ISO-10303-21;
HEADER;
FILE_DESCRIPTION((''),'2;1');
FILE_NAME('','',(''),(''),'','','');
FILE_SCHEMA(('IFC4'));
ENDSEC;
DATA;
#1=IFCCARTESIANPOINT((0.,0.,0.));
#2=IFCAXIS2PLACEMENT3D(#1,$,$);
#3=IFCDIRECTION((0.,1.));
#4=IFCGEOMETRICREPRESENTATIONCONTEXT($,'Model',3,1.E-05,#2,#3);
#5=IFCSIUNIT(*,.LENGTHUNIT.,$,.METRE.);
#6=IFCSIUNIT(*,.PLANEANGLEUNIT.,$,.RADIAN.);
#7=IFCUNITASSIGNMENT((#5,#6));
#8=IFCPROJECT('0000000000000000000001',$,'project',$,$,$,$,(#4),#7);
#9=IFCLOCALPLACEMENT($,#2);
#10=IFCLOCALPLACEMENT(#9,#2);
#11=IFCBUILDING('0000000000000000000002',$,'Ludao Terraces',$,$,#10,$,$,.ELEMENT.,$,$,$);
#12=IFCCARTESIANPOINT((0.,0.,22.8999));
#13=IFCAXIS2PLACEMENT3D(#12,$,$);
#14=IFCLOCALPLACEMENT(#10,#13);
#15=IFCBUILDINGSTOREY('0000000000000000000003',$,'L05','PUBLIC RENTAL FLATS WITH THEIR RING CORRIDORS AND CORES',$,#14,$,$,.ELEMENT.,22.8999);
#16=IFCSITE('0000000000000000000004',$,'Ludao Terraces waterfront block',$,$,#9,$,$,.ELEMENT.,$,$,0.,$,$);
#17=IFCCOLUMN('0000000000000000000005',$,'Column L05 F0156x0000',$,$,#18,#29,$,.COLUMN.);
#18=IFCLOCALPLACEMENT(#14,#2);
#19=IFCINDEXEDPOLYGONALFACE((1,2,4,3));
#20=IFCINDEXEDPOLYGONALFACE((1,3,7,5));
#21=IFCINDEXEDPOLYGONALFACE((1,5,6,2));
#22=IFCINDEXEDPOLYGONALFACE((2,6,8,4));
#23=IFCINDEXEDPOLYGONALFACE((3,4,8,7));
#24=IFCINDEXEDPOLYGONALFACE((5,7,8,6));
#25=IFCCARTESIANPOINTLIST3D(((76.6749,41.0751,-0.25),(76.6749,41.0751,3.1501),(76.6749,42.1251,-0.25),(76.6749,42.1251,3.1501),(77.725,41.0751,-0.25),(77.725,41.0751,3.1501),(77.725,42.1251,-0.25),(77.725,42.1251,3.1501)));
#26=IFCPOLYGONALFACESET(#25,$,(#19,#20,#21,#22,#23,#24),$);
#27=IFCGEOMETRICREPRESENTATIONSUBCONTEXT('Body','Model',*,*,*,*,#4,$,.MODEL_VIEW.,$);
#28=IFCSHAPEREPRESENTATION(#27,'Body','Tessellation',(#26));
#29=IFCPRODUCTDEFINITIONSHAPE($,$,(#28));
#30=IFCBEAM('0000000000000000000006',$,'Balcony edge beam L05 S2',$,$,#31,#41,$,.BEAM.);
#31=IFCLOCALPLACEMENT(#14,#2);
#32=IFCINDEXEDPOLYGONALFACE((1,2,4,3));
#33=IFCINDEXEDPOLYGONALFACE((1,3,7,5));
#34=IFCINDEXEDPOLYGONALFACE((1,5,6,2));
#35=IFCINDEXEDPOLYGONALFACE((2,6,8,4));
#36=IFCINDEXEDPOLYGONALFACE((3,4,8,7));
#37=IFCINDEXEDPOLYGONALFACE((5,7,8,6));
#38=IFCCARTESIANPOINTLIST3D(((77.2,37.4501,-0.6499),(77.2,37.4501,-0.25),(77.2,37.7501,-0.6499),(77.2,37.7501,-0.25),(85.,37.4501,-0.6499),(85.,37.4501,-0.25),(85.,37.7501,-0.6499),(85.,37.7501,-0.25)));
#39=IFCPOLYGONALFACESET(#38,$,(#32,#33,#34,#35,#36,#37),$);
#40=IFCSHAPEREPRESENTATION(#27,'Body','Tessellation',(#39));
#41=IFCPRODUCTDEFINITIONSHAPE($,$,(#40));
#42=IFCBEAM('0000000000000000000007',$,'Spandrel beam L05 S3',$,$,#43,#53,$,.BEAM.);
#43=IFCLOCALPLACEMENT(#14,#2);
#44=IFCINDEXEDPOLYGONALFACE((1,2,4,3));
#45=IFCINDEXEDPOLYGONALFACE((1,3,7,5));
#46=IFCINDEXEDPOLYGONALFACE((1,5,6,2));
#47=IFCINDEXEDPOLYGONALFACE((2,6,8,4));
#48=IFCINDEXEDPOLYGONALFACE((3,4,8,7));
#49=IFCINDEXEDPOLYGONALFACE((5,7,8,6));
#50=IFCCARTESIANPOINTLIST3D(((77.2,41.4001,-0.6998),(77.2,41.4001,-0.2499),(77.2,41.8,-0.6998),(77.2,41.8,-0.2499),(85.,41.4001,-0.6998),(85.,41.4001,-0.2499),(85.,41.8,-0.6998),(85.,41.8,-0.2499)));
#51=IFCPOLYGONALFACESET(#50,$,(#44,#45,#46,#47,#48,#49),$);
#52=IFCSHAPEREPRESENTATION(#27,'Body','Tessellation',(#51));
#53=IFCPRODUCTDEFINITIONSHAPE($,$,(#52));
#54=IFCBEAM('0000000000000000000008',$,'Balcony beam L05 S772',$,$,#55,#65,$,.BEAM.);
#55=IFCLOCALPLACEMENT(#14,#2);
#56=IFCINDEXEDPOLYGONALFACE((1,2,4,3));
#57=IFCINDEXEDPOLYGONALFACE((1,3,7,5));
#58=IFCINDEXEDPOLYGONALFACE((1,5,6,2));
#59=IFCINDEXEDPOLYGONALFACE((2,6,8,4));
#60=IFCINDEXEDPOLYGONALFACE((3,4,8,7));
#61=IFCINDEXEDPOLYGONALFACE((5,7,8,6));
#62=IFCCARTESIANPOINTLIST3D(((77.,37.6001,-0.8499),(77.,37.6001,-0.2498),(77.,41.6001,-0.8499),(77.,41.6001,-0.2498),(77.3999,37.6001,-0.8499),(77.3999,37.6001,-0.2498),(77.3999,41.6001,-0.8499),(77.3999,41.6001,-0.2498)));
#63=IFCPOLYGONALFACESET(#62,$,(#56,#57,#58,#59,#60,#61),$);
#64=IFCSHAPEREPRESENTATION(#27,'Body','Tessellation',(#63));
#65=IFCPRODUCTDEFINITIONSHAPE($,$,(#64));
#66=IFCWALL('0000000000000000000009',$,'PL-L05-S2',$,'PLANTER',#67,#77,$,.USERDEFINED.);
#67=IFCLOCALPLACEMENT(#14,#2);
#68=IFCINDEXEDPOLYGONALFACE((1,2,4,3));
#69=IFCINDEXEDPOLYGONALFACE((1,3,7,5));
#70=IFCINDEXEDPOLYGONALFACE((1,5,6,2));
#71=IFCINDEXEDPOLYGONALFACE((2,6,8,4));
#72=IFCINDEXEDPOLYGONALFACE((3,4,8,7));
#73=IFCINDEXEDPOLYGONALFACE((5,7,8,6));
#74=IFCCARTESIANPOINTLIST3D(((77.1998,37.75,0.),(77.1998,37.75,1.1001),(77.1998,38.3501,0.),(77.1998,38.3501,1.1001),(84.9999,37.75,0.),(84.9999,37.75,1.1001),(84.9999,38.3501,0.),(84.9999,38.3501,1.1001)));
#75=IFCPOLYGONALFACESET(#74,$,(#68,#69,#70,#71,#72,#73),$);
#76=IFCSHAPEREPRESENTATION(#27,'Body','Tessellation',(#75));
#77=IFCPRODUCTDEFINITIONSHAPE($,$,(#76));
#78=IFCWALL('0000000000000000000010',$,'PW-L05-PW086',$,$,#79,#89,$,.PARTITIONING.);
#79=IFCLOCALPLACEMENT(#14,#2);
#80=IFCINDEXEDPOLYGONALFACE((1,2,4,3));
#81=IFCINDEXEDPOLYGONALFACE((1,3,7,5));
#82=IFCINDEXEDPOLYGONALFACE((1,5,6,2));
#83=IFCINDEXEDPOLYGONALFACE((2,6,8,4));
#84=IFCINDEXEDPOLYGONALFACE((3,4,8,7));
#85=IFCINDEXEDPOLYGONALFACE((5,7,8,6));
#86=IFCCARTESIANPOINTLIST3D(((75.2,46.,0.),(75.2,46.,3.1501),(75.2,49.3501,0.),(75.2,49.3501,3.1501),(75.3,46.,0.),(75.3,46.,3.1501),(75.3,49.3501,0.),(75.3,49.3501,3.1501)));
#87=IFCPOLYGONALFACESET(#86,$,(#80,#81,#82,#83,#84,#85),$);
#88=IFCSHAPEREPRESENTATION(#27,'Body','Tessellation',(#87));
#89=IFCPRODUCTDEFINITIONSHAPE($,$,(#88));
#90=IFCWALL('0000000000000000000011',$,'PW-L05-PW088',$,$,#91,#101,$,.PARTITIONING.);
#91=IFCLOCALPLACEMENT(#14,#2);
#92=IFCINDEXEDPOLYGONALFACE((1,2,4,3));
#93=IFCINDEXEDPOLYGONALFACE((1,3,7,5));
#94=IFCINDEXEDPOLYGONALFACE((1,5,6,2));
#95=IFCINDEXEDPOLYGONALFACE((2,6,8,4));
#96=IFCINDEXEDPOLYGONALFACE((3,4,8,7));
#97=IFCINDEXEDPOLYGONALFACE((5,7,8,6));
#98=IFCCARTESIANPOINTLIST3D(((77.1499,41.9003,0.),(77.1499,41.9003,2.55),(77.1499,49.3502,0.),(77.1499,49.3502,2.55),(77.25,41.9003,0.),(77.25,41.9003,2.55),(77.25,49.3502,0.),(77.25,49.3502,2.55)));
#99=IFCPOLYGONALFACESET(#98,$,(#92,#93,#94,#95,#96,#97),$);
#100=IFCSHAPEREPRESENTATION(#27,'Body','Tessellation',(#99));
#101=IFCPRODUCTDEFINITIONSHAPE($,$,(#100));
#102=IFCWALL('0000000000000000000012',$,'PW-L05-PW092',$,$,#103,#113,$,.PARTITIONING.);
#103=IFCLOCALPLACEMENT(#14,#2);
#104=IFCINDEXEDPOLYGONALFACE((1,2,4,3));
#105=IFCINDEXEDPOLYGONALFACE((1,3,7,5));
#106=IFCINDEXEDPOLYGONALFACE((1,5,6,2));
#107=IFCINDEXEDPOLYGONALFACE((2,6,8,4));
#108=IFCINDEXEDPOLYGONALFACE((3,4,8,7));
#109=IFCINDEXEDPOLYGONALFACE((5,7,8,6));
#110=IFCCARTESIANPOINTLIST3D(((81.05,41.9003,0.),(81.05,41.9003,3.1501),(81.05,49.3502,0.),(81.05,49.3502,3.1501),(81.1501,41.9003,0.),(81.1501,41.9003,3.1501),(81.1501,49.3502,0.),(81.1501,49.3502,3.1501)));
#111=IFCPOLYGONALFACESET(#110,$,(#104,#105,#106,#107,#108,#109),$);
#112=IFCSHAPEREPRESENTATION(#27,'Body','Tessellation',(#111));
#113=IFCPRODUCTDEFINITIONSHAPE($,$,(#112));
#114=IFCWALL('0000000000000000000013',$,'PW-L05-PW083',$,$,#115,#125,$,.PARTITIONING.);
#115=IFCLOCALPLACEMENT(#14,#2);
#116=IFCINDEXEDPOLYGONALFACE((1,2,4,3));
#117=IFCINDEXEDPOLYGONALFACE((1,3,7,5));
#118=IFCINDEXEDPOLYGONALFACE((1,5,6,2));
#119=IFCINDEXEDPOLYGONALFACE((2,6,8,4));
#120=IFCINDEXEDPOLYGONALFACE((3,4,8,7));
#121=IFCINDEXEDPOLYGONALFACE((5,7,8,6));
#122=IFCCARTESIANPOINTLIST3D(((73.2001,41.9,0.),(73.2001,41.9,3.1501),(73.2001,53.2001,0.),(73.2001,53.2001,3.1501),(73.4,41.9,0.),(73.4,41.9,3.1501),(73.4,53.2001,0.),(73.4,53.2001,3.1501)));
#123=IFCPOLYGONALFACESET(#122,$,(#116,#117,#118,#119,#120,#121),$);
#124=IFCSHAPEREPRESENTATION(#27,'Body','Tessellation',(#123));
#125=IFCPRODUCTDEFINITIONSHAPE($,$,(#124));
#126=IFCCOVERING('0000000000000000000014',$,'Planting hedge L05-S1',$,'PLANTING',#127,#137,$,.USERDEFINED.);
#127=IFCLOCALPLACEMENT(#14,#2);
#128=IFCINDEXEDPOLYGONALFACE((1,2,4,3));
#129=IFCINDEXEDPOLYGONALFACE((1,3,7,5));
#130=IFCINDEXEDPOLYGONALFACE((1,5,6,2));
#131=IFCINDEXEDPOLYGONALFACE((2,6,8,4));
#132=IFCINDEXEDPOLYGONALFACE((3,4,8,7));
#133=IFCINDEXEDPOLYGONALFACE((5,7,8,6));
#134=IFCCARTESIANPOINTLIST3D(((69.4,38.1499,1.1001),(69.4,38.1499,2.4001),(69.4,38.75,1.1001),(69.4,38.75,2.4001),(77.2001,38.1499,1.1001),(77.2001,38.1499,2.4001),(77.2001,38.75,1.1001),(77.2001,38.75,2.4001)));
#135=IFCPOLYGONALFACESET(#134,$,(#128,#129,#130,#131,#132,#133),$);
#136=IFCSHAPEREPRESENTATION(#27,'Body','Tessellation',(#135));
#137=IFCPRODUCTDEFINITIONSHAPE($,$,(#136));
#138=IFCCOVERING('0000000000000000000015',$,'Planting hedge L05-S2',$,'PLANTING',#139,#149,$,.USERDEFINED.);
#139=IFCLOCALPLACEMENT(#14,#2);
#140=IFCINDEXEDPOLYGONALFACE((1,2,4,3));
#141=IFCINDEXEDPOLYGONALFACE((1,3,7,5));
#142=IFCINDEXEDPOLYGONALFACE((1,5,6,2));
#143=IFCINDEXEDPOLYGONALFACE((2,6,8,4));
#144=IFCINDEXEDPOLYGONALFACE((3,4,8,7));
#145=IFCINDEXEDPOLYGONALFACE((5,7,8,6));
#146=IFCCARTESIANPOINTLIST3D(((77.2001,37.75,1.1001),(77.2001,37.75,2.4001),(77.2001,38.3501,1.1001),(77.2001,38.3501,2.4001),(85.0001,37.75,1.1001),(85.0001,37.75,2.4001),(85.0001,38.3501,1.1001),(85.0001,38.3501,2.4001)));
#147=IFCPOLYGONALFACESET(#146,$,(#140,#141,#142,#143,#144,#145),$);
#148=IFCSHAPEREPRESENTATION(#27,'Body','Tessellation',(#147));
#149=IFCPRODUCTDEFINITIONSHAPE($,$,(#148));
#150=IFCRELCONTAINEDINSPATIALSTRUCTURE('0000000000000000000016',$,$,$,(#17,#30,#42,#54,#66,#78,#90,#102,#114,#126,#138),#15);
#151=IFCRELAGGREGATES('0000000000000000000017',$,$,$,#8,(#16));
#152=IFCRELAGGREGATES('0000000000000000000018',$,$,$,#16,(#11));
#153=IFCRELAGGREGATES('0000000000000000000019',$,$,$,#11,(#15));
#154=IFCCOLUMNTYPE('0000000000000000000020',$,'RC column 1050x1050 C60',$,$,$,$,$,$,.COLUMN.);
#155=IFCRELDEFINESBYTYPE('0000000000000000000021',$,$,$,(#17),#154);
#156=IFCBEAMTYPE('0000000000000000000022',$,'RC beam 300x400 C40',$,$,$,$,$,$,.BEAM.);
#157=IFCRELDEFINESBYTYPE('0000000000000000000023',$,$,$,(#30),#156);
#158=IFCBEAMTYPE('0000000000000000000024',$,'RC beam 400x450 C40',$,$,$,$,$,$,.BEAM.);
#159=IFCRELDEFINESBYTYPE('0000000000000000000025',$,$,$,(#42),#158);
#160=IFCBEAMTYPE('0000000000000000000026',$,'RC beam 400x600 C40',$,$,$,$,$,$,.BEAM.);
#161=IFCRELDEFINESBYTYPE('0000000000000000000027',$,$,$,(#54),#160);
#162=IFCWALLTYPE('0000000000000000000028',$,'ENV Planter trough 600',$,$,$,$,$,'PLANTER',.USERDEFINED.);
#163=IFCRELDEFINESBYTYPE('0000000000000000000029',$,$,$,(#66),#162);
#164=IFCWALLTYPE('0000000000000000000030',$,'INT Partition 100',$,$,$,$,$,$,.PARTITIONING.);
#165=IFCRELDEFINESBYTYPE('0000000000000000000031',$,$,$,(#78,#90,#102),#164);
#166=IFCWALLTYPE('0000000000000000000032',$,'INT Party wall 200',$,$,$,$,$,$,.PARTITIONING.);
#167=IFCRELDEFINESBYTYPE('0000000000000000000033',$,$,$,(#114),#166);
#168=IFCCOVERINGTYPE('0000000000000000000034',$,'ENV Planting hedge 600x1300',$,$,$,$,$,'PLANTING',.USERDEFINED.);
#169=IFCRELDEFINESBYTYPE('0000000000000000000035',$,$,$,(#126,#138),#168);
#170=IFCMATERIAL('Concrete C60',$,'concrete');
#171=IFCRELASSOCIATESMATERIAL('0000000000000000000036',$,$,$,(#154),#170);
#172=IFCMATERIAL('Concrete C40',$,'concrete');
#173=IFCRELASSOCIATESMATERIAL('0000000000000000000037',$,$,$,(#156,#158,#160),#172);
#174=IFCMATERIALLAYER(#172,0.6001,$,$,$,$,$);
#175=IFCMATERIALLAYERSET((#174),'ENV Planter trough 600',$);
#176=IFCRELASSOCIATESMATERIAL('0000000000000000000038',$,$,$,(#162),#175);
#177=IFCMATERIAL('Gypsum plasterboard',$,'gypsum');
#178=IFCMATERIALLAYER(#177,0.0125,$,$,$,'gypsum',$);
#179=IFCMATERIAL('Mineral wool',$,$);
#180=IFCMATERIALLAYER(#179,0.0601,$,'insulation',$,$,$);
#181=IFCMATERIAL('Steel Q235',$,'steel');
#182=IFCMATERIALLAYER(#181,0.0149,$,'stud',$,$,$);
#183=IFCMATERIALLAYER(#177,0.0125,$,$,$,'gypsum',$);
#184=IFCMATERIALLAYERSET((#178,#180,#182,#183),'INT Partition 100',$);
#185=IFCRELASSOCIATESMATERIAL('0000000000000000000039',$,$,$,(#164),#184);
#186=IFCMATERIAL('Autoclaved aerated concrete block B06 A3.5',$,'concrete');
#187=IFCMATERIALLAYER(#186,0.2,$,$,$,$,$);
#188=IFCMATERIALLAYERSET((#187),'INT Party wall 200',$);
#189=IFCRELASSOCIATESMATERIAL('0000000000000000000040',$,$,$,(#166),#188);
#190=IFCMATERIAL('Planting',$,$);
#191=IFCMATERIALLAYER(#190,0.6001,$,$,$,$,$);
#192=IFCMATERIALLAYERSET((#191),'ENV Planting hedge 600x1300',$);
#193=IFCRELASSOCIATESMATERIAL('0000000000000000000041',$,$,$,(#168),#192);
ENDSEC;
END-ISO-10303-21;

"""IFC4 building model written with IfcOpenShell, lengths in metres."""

from ifc_helpers import new_model, si_unit, direction, frame, frame_2d, origin, origin_2d, place, context, subcontext, project, spatial, rectangle, extrude, material, layer, layer_set, material_profile, profile_set, type_object, element, save


model = new_model("IFC4")

# Units and contexts
model_context = context("Model", 3, precision=1e-05, world=origin(), true_north=direction((0.0, 1.0)))
body_context = subcontext(model_context, "Body", "Model", "MODEL_VIEW")
ifc_project = project(units=[si_unit("LENGTHUNIT", "METRE"), si_unit("PLANEANGLEUNIT", "RADIAN")], contexts=[model_context])

# Site, building, storey
site_placement = place(None, origin())
site = spatial("IfcSite", under=ifc_project, at=site_placement, Name="Ludao Terraces waterfront block", CompositionType="ELEMENT", RefElevation=0.0)
building_placement = place(site_placement, origin())
building = spatial("IfcBuilding", under=site, at=building_placement, Name="Ludao Terraces", CompositionType="ELEMENT")
storey_placement = place(building_placement, frame((0.0, 0.0, 22.8999)))
storey = spatial("IfcBuildingStorey", under=building, at=storey_placement, Name="L05", Description="PUBLIC RENTAL FLATS WITH THEIR RING CORRIDORS AND CORES", CompositionType="ELEMENT", Elevation=22.8999)

# Column
ifc_material_1 = material(Name="Concrete C60", Category="concrete")
ifc_material_profile_1 = material_profile(ifc_material_1, rectangle(XDim=1.05, YDim=1.05, at=origin_2d()), Name="1050 X 1050")
ifc_profile_set_1 = profile_set([ifc_material_profile_1], Name="Concrete C60")
column_type = type_object("IfcColumnType", Name="RC column 1050x1050 C60", PredefinedType="COLUMN", material=ifc_profile_set_1)
column_placement = place(storey_placement, frame((77.2, 41.6001, -0.25), z_axis=(0.0, 0.0, 1.0), x_axis=(1.0, 0.0, 0.0)))
element("IfcColumn", 1, at=column_placement, inside=storey, type_object=column_type, Name="Column L05 F0156x0000", PredefinedType="COLUMN", context=body_context, shape_type="SweptSolid", body=[
    extrude(rectangle(XDim=1.05, YDim=1.05, at=origin_2d()), origin(), (0.0, 0.0, 1.0), 3.4001),
])

# Beams
ifc_material_2 = material(Name="Concrete C40", Category="concrete")
ifc_material_profile_2 = material_profile(ifc_material_2, rectangle(XDim=0.3, YDim=0.3999, at=origin_2d()), Name="300 X 400")
ifc_profile_set_2 = profile_set([ifc_material_profile_2], Name="Concrete C40")
beam_type_1 = type_object("IfcBeamType", Name="RC beam 300x400 C40", PredefinedType="BEAM", material=ifc_profile_set_2)
beam_1_placement = place(storey_placement, frame((77.2, 37.6001, -0.45), z_axis=(1.0, 0.0, 0.0), x_axis=(0.0, 1.0, 0.0)))
element("IfcBeam", 2, at=beam_1_placement, inside=storey, type_object=beam_type_1, Name="Balcony edge beam L05 S2", PredefinedType="BEAM", context=body_context, shape_type="SweptSolid", body=[
    extrude(rectangle(XDim=0.3, YDim=0.3999, at=origin_2d()), origin(), (0.0, 0.0, 1.0), 7.8),
])
ifc_material_profile_3 = material_profile(ifc_material_2, rectangle(XDim=0.3999, YDim=0.45, at=origin_2d()), Name="400 X 450")
ifc_profile_set_3 = profile_set([ifc_material_profile_3], Name="Concrete C40")
beam_type_2 = type_object("IfcBeamType", Name="RC beam 400x450 C40", PredefinedType="BEAM", material=ifc_profile_set_3)
beam_2_placement = place(storey_placement, frame((77.2, 41.6001, -0.4749), z_axis=(1.0, 0.0, 0.0), x_axis=(0.0, 1.0, 0.0)))
element("IfcBeam", 3, at=beam_2_placement, inside=storey, type_object=beam_type_2, Name="Spandrel beam L05 S3", PredefinedType="BEAM", context=body_context, shape_type="SweptSolid", body=[
    extrude(rectangle(XDim=0.3999, YDim=0.45, at=origin_2d()), origin(), (0.0, 0.0, 1.0), 7.8),
])
ifc_material_profile_4 = material_profile(ifc_material_2, rectangle(XDim=0.3999, YDim=0.6001, at=origin_2d()), Name="400 X 600")
ifc_profile_set_4 = profile_set([ifc_material_profile_4], Name="Concrete C40")
beam_type_3 = type_object("IfcBeamType", Name="RC beam 400x600 C40", PredefinedType="BEAM", material=ifc_profile_set_4)
beam_3_placement = place(storey_placement, frame((77.2, 41.6001, -0.5498), z_axis=(0.0, -1.0, 0.0), x_axis=(1.0, 0.0, 0.0)))
element("IfcBeam", 4, at=beam_3_placement, inside=storey, type_object=beam_type_3, Name="Balcony beam L05 S772", PredefinedType="BEAM", context=body_context, shape_type="SweptSolid", body=[
    extrude(rectangle(XDim=0.3999, YDim=0.6001, at=origin_2d()), origin(), (0.0, 0.0, 1.0), 4.0),
])

# Wall
ifc_layer_1 = layer(ifc_material_2, 0.6001)
ifc_layer_set_1 = layer_set([ifc_layer_1], Name="ENV Planter trough 600")
wall_type_1 = type_object("IfcWallType", Name="ENV Planter trough 600", ElementType="PLANTER", PredefinedType="USERDEFINED", material=ifc_layer_set_1)
wall_1_placement = place(storey_placement, frame((77.2, 38.05, 0.0), z_axis=(0.0, 0.0, 1.0), x_axis=(1.0, 0.0, 0.0)))
element("IfcWall", 5, at=wall_1_placement, inside=storey, type_object=wall_type_1, Name="PL-L05-S2", ObjectType="PLANTER", PredefinedType="USERDEFINED", context=body_context, shape_type="SweptSolid", body=[
    extrude(rectangle(XDim=7.8, YDim=0.6001, at=frame_2d((3.8999, 0.0))), origin(), (0.0, 0.0, 1.0), 1.1001),
])

# Shared definitions
ifc_material_3 = material(Name="Mineral wool")

# Walls
ifc_material_4 = material(Name="Gypsum plasterboard", Category="gypsum")
ifc_layer_2 = layer(ifc_material_4, 0.0125, Category="gypsum")
ifc_layer_3 = layer(ifc_material_3, 0.0601, Name="insulation")
ifc_material_5 = material(Name="Steel Q235", Category="steel")
ifc_layer_4 = layer(ifc_material_5, 0.0149, Name="stud")
ifc_layer_5 = layer(ifc_material_4, 0.0125, Category="gypsum")
ifc_layer_set_2 = layer_set([ifc_layer_2, ifc_layer_3, ifc_layer_4, ifc_layer_5], Name="INT Partition 100")
wall_type_2 = type_object("IfcWallType", Name="INT Partition 100", PredefinedType="PARTITIONING", material=ifc_layer_set_2)
wall_2_placement = place(storey_placement, frame((75.25, 46.0, 0.0), z_axis=(0.0, 0.0, 1.0), x_axis=(0.0, 1.0, 0.0)))
element("IfcWall", 6, at=wall_2_placement, inside=storey, type_object=wall_type_2, Name="PW-L05-PW086", PredefinedType="PARTITIONING", context=body_context, shape_type="SweptSolid", body=[
    extrude(rectangle(XDim=3.3501, YDim=0.1001, at=frame_2d((1.675, 0.0))), origin(), (0.0, 0.0, 1.0), 3.1501),
])
wall_3_placement = place(storey_placement, frame((77.2, 41.9001, 0.0), z_axis=(0.0, 0.0, 1.0), x_axis=(0.0, 1.0, 0.0)))
element("IfcWall", 7, at=wall_3_placement, inside=storey, type_object=wall_type_2, Name="PW-L05-PW088", PredefinedType="PARTITIONING", context=body_context, shape_type="SweptSolid", body=[
    extrude(rectangle(XDim=7.45, YDim=0.1001, at=frame_2d((3.7251, 0.0))), origin(), (0.0, 0.0, 1.0), 2.55),
])
wall_4_placement = place(storey_placement, frame((81.1001, 41.9001, 0.0), z_axis=(0.0, 0.0, 1.0), x_axis=(0.0, 1.0, 0.0)))
element("IfcWall", 8, at=wall_4_placement, inside=storey, type_object=wall_type_2, Name="PW-L05-PW092", PredefinedType="PARTITIONING", context=body_context, shape_type="SweptSolid", body=[
    extrude(rectangle(XDim=7.45, YDim=0.1001, at=frame_2d((3.7251, 0.0))), origin(), (0.0, 0.0, 1.0), 3.1501),
])
ifc_material_6 = material(Name="Autoclaved aerated concrete block B06 A3.5", Category="concrete")
ifc_layer_6 = layer(ifc_material_6, 0.2)
ifc_layer_set_3 = layer_set([ifc_layer_6], Name="INT Party wall 200")
wall_type_3 = type_object("IfcWallType", Name="INT Party wall 200", PredefinedType="PARTITIONING", material=ifc_layer_set_3)
wall_5_placement = place(storey_placement, frame((73.3, 41.9001, 0.0), z_axis=(0.0, 0.0, 1.0), x_axis=(0.0, 1.0, 0.0)))
element("IfcWall", 9, at=wall_5_placement, inside=storey, type_object=wall_type_3, Name="PW-L05-PW083", PredefinedType="PARTITIONING", context=body_context, shape_type="SweptSolid", body=[
    extrude(rectangle(XDim=11.3, YDim=0.2, at=frame_2d((5.6499, 0.0))), origin(), (0.0, 0.0, 1.0), 3.1501),
])

# Coverings
ifc_material_7 = material(Name="Planting")
ifc_layer_7 = layer(ifc_material_7, 0.6001)
ifc_layer_set_4 = layer_set([ifc_layer_7], Name="ENV Planting hedge 600x1300")
covering_type = type_object("IfcCoveringType", Name="ENV Planting hedge 600x1300", ElementType="PLANTING", PredefinedType="USERDEFINED", material=ifc_layer_set_4)
for number, where, z_axis, x_axis, name in (
    (10, (73.3, 38.45, 1.1001), (0.0, 0.0, 1.0), (1.0, 0.0, 0.0), "Planting hedge L05-S1"),
    (11, (81.1001, 38.05, 1.1001), (0.0, 0.0, 1.0), (1.0, 0.0, 0.0), "Planting hedge L05-S2"),
):
    element("IfcCovering", number, at=place(storey_placement, frame(where, z_axis=z_axis, x_axis=x_axis)), inside=storey, type_object=covering_type, Name=name, ObjectType="PLANTING", PredefinedType="USERDEFINED", context=body_context, shape_type="SweptSolid", body=[
        extrude(rectangle(XDim=7.8, YDim=0.6001, at=origin_2d()), origin(), (0.0, 0.0, 1.0), 1.3),
    ])

save(model, "model.ifc")
